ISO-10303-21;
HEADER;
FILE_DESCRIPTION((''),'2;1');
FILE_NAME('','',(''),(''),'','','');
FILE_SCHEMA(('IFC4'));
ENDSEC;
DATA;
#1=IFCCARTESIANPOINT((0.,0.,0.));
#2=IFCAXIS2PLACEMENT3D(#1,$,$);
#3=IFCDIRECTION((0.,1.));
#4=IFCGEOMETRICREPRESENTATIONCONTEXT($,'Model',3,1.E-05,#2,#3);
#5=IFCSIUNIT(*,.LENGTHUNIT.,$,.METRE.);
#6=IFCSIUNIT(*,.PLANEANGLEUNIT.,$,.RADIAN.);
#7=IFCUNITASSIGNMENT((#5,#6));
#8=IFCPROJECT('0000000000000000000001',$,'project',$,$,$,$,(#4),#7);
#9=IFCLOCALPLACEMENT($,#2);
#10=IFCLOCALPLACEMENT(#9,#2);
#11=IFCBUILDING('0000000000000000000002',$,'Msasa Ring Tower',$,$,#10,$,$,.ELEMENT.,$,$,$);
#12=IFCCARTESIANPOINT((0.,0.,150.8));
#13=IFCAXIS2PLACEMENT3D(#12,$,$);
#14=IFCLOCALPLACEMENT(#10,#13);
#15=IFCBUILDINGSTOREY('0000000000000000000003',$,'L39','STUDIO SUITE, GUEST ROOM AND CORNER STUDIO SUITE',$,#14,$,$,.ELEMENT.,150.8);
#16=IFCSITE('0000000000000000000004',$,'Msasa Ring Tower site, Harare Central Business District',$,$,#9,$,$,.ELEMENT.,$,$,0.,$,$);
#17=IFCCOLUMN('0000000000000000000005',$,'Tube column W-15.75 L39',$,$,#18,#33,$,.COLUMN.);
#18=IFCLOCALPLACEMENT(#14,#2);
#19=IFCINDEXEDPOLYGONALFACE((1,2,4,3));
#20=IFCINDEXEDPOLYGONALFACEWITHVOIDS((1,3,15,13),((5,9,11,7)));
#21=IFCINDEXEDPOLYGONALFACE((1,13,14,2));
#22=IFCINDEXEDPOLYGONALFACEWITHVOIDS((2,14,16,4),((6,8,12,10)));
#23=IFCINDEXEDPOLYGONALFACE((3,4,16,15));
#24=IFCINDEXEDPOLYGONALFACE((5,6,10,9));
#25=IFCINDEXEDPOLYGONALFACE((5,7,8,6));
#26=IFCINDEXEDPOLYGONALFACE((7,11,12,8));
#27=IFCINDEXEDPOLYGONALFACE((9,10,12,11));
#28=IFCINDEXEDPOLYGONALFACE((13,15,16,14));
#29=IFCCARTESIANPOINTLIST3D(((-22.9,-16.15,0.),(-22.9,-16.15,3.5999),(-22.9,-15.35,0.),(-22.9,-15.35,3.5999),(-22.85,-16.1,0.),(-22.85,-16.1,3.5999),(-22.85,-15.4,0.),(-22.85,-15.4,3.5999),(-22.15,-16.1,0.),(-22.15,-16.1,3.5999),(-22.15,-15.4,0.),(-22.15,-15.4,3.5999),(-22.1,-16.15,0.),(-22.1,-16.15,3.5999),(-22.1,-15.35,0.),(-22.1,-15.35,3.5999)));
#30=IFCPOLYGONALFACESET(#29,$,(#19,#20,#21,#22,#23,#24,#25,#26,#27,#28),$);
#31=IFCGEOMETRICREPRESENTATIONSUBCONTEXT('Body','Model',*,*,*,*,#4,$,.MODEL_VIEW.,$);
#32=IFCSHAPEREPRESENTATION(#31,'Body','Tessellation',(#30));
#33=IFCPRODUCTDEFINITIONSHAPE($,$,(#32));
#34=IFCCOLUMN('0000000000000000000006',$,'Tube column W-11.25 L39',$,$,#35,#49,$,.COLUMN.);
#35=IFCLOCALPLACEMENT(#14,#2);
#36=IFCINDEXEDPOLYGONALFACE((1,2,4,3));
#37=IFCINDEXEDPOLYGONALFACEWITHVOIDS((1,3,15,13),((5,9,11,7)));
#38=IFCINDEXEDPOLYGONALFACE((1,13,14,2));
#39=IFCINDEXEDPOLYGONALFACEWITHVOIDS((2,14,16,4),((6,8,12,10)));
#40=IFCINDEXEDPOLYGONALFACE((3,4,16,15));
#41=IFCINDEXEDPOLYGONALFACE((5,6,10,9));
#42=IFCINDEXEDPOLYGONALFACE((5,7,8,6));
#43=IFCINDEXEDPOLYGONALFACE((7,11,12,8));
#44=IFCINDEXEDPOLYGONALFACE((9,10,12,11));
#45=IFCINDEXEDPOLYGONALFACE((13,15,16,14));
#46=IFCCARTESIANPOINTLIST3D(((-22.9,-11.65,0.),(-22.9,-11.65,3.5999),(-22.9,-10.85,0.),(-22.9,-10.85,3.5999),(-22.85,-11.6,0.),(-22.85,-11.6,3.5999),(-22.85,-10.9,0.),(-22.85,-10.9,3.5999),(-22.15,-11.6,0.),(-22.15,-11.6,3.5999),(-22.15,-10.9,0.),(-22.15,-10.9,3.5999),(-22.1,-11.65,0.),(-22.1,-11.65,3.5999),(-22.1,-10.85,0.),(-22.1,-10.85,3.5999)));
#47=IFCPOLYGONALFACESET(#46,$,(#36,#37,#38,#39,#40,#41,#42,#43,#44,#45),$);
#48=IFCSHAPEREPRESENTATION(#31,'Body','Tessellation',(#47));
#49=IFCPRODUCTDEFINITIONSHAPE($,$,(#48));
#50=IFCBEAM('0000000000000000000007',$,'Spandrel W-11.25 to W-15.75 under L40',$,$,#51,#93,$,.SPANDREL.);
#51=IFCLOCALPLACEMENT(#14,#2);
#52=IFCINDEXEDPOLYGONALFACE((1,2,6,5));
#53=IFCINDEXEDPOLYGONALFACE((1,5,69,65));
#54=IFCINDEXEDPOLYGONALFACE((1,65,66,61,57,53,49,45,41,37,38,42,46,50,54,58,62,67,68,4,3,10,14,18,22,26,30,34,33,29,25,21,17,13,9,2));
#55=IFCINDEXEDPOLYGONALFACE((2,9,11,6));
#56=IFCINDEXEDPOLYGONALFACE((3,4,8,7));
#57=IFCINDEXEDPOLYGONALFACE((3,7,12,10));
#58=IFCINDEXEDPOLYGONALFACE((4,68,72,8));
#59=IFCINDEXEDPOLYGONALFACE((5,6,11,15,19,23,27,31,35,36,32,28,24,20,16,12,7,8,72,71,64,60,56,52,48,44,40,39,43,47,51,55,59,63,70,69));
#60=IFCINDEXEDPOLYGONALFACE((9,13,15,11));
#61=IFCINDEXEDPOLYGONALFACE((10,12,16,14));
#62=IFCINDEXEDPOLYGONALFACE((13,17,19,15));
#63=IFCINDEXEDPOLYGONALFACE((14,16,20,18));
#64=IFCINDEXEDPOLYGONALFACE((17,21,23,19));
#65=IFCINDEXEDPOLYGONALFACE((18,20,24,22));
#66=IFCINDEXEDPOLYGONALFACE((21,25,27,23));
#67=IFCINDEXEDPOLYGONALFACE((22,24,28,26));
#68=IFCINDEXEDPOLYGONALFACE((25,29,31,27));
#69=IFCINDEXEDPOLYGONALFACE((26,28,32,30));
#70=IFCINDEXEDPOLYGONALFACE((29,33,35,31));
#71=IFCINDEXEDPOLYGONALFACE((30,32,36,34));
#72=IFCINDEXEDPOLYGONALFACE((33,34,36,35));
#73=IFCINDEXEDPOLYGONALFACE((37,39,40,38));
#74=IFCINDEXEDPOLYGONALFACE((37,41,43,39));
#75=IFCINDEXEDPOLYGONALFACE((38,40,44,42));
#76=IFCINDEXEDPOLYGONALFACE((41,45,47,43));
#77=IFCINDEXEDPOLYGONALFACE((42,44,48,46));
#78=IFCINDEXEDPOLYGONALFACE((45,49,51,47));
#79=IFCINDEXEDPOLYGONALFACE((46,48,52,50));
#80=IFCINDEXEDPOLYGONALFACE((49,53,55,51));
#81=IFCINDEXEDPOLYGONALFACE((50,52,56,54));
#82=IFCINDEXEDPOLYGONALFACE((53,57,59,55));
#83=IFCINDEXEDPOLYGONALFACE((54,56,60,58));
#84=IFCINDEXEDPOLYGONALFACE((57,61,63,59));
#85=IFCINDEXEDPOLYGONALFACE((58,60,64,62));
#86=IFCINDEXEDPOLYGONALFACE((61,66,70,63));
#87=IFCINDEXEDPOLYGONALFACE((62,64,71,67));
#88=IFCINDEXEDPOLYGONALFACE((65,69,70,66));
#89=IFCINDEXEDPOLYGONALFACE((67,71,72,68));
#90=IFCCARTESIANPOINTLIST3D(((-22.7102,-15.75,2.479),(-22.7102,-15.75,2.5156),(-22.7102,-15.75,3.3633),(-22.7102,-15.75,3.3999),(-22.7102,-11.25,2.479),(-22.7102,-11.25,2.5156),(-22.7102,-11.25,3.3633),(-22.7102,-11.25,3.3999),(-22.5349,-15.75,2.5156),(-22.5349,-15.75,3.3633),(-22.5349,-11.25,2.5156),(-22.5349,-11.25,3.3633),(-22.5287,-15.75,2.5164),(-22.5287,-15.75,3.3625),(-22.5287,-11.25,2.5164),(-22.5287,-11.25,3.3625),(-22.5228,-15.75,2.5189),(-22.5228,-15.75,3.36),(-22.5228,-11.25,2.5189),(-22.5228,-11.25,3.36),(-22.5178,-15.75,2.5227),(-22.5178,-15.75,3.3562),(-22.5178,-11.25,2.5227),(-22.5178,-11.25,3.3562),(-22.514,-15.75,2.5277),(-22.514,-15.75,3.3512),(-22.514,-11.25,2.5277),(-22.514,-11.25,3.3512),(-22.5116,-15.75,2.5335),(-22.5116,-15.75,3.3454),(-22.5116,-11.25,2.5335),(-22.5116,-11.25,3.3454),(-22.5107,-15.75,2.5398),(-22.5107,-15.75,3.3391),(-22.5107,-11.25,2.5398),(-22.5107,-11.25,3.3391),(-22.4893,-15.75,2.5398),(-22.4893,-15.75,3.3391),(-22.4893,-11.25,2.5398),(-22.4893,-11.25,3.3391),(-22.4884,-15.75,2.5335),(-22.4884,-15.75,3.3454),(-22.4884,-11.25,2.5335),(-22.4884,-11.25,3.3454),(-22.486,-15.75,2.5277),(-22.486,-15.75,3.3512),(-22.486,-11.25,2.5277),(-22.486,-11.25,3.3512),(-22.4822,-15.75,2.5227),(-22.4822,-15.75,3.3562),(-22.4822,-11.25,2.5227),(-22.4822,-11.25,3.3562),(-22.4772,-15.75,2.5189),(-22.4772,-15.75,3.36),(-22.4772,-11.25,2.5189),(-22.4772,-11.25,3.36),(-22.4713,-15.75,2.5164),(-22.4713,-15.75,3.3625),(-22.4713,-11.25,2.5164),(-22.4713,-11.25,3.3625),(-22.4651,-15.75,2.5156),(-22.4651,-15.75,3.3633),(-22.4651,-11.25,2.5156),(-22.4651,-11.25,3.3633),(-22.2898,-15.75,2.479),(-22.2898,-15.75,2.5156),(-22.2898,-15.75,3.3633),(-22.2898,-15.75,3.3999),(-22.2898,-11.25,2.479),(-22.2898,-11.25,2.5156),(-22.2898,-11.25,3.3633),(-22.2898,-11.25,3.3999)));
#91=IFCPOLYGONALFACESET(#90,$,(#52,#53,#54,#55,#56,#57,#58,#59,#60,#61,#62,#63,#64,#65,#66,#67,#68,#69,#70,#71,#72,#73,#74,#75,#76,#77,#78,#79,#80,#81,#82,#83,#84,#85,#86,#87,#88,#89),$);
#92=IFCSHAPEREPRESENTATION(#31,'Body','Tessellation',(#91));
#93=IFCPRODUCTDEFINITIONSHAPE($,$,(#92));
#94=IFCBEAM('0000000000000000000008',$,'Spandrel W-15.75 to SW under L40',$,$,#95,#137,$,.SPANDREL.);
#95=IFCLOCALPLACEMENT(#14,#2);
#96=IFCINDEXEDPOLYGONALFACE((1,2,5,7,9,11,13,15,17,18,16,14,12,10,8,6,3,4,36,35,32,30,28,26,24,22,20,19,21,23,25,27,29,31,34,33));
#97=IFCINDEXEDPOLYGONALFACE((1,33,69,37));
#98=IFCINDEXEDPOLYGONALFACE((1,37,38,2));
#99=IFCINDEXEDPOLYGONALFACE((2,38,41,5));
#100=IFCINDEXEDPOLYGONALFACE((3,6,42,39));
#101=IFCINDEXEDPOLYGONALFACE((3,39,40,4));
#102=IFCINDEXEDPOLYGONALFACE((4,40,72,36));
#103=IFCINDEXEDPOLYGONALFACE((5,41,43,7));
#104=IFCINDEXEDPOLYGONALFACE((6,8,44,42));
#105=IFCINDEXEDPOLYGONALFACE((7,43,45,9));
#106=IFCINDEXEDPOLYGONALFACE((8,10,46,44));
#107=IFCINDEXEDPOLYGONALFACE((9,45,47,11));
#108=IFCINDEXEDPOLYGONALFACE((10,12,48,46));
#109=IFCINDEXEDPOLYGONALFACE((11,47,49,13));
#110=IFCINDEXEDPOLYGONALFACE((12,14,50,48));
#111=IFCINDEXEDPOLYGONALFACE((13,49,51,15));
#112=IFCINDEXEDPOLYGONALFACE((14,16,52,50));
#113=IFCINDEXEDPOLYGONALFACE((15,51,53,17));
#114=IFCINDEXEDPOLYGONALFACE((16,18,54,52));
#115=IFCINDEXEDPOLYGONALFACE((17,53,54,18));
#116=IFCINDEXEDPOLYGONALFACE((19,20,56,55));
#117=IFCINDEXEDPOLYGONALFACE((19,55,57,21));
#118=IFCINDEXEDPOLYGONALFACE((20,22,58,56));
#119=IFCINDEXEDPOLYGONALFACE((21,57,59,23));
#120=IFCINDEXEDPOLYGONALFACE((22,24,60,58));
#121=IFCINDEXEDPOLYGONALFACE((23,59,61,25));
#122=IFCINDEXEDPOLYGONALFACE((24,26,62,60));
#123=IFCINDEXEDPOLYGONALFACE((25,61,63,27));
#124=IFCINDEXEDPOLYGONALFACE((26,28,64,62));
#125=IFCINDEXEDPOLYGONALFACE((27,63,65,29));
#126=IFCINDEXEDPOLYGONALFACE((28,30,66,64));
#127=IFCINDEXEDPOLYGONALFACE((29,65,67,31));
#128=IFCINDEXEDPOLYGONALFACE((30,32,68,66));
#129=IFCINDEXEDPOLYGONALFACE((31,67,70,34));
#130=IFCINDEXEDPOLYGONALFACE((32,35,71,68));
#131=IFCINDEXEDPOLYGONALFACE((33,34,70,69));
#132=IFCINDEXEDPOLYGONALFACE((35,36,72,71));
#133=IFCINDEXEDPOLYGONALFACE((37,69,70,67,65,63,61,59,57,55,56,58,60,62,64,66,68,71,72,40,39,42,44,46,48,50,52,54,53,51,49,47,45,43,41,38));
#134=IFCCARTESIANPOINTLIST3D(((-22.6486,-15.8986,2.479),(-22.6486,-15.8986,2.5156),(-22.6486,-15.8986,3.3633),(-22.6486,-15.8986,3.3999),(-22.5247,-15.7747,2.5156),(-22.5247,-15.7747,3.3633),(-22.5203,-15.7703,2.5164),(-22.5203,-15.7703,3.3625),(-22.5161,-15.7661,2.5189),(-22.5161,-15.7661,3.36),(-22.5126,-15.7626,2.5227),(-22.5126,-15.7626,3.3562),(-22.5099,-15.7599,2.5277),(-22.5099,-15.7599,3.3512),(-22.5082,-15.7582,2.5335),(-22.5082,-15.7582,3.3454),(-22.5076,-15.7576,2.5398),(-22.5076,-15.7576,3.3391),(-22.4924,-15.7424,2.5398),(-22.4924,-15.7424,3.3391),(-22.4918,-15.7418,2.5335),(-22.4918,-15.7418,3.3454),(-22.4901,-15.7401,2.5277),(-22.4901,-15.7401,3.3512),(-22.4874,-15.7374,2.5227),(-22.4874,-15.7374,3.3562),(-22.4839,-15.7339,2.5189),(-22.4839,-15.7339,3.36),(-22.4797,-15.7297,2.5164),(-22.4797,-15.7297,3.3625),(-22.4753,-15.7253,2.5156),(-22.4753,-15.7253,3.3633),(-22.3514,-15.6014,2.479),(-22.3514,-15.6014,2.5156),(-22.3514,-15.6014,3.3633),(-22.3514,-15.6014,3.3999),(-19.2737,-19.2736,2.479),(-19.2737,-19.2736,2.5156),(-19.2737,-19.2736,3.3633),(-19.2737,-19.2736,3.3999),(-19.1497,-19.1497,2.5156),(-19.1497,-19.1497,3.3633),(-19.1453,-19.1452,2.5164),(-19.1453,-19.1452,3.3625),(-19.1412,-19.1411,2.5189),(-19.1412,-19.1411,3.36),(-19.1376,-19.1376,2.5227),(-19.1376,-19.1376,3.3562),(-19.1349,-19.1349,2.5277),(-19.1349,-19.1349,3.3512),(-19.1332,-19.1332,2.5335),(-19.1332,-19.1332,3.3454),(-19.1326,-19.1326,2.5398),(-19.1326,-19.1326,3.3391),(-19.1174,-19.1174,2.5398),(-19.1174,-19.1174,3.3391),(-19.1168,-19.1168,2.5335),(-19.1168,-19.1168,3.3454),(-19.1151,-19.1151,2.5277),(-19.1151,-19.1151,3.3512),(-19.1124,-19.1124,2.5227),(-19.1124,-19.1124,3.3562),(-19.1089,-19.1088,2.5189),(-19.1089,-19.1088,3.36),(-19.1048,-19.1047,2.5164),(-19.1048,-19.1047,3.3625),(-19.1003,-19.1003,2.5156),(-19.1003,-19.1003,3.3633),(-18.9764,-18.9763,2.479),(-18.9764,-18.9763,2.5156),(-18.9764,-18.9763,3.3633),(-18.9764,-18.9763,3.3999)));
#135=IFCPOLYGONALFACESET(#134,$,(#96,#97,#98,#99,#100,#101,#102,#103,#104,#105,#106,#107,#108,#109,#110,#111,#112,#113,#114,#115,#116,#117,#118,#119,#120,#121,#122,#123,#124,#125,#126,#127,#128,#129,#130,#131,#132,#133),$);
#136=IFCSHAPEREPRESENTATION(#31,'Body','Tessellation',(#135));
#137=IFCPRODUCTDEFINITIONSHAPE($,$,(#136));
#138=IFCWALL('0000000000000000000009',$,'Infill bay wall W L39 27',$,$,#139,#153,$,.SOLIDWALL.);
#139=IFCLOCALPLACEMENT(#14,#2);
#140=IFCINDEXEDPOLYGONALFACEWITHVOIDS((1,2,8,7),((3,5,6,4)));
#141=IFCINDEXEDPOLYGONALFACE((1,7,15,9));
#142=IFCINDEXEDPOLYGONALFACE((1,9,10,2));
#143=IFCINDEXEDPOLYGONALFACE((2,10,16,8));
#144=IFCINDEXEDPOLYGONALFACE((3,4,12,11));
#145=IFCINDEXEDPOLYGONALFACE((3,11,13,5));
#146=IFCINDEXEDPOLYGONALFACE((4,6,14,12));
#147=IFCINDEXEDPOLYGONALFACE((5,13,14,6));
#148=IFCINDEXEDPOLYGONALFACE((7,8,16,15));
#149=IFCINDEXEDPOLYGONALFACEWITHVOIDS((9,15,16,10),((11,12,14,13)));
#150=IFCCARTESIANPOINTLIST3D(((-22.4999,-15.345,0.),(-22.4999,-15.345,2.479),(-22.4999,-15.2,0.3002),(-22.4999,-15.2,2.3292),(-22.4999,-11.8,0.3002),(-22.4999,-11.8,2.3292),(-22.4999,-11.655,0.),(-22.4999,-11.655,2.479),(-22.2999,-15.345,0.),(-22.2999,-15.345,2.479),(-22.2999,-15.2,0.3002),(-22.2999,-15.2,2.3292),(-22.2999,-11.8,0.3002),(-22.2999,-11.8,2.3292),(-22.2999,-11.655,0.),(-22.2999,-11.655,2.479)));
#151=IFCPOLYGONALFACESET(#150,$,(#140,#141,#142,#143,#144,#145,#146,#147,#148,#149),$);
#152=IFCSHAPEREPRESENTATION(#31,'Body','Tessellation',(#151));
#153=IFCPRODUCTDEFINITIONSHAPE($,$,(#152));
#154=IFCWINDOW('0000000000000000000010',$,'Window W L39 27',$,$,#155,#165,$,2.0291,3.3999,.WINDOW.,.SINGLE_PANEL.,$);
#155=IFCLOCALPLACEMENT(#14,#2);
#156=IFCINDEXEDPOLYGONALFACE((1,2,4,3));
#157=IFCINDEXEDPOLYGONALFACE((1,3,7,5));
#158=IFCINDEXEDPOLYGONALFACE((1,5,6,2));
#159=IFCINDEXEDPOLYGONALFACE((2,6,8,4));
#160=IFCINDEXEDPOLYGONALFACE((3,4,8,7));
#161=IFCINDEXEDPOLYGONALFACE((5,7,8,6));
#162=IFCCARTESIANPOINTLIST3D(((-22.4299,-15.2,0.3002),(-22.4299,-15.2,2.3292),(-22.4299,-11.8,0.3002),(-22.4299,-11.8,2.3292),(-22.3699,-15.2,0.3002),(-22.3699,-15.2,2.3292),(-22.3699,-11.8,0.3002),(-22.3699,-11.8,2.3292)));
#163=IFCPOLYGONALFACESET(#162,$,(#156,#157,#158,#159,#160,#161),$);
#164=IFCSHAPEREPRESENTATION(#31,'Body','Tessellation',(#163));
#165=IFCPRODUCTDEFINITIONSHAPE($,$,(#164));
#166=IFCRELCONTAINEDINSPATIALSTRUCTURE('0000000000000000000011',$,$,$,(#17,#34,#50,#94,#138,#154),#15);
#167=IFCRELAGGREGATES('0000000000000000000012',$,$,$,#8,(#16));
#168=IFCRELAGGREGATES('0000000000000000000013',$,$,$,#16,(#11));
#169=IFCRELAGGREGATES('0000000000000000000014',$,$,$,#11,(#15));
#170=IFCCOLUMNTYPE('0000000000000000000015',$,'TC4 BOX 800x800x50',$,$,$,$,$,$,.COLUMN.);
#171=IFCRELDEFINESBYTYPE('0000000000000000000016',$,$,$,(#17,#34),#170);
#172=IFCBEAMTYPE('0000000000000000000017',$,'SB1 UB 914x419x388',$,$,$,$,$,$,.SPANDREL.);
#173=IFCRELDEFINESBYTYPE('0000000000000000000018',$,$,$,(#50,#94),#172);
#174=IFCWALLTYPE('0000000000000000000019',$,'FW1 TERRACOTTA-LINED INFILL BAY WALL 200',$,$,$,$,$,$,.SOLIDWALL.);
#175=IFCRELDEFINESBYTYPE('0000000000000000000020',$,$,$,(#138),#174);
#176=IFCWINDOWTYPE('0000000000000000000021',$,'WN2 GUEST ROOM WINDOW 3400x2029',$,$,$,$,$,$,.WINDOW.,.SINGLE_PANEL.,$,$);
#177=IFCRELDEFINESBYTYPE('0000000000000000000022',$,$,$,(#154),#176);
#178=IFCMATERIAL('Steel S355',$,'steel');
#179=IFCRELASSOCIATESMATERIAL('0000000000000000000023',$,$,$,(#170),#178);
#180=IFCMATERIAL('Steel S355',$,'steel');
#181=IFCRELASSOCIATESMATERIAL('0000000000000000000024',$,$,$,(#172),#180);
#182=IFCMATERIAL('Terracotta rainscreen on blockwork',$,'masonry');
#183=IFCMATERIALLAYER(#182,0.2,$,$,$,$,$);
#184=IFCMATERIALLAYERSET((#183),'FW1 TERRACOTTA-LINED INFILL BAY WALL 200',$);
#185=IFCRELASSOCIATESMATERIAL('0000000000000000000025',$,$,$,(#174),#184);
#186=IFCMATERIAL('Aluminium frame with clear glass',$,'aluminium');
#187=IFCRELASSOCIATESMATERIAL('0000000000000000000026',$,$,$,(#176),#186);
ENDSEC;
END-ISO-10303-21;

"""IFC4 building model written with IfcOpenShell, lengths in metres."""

from ifc_helpers import new_model, si_unit, direction, frame, frame_2d, origin, origin_2d, place, context, subcontext, project, spatial, rectangle, hollow_rectangle, i_section, extrude, material, layer, layer_set, material_profile, profile_set, type_object, element, fill, save


model = new_model("IFC4")

# Units and contexts
model_context = context("Model", 3, precision=1e-05, world=origin(), true_north=direction((0.0, 1.0)))
body_context = subcontext(model_context, "Body", "Model", "MODEL_VIEW")
ifc_project = project(units=[si_unit("LENGTHUNIT", "METRE"), si_unit("PLANEANGLEUNIT", "RADIAN")], contexts=[model_context])

# Site, building, storey
site_placement = place(None, origin())
site = spatial("IfcSite", under=ifc_project, at=site_placement, Name="Msasa Ring Tower site, Harare Central Business District", CompositionType="ELEMENT", RefElevation=0.0)
building_placement = place(site_placement, origin())
building = spatial("IfcBuilding", under=site, at=building_placement, Name="Msasa Ring Tower", CompositionType="ELEMENT")
storey_placement = place(building_placement, frame((0.0, 0.0, 150.8)))
storey = spatial("IfcBuildingStorey", under=building, at=storey_placement, Name="L39", Description="STUDIO SUITE, GUEST ROOM AND CORNER STUDIO SUITE", CompositionType="ELEMENT", Elevation=150.8)

# Columns
ifc_material_1 = material(Name="Steel S355", Category="steel")
ifc_material_profile_1 = material_profile(ifc_material_1, hollow_rectangle(XDim=0.8, YDim=0.8, WallThickness=0.05, at=origin_2d()), Name="BOX 800x800x50")
ifc_profile_set_1 = profile_set([ifc_material_profile_1], Name="Steel S355")
column_type = type_object("IfcColumnType", Name="TC4 BOX 800x800x50", PredefinedType="COLUMN", material=ifc_profile_set_1)
for number, where, z_axis, x_axis, name in (
    (1, (-22.5, -15.75, 0.0), (0.0, 0.0, 1.0), (1.0, 0.0, 0.0), "Tube column W-15.75 L39"),
    (2, (-22.5, -11.25, 0.0), (0.0, 0.0, 1.0), (1.0, 0.0, 0.0), "Tube column W-11.25 L39"),
):
    element("IfcColumn", number, at=place(storey_placement, frame(where, z_axis=z_axis, x_axis=x_axis)), inside=storey, type_object=column_type, Name=name, PredefinedType="COLUMN", context=body_context, shape_type="SweptSolid", body=[
        extrude(hollow_rectangle(XDim=0.8, YDim=0.8, WallThickness=0.05, at=origin_2d()), origin(), (0.0, 0.0, 1.0), 3.5999),
    ])

# Beams
ifc_material_2 = material(Name="Steel S355", Category="steel")
ifc_material_profile_2 = material_profile(ifc_material_2, i_section(OverallWidth=0.4204, OverallDepth=0.9209, WebThickness=0.0215, FlangeThickness=0.0366, FilletRadius=0.0242, at=origin_2d()), Name="UB 914x419x388")
ifc_profile_set_2 = profile_set([ifc_material_profile_2], Name="Steel S355")
beam_type = type_object("IfcBeamType", Name="SB1 UB 914x419x388", PredefinedType="SPANDREL", material=ifc_profile_set_2)
beam_1_placement = place(storey_placement, frame((-22.5, -11.25, 2.9395), z_axis=(0.0, -1.0, 0.0), x_axis=(1.0, 0.0, 0.0)))
element("IfcBeam", 3, at=beam_1_placement, inside=storey, type_object=beam_type, Name="Spandrel W-11.25 to W-15.75 under L40", PredefinedType="SPANDREL", context=body_context, shape_type="SweptSolid", body=[
    extrude(i_section(OverallWidth=0.4204, OverallDepth=0.9209, WebThickness=0.0215, FlangeThickness=0.0366, FilletRadius=0.0242, at=origin_2d()), origin(), (0.0, 0.0, 1.0), 4.5),
])
beam_2_placement = place(storey_placement, frame((-22.5, -15.75, 2.9395), z_axis=(0.707107, -0.707107, 0.0), x_axis=(0.707107, 0.707107, 0.0)))
element("IfcBeam", 4, at=beam_2_placement, inside=storey, type_object=beam_type, Name="Spandrel W-15.75 to SW under L40", PredefinedType="SPANDREL", context=body_context, shape_type="SweptSolid", body=[
    extrude(i_section(OverallWidth=0.4204, OverallDepth=0.9209, WebThickness=0.0215, FlangeThickness=0.0366, FilletRadius=0.0242, at=origin_2d()), origin(), (0.0, 0.0, 1.0), 4.7729),
])

# Wall, opening, window
ifc_material_3 = material(Name="Terracotta rainscreen on blockwork", Category="masonry")
ifc_layer_1 = layer(ifc_material_3, 0.2)
ifc_layer_set_1 = layer_set([ifc_layer_1], Name="FW1 TERRACOTTA-LINED INFILL BAY WALL 200")
wall_type_1 = type_object("IfcWallType", Name="FW1 TERRACOTTA-LINED INFILL BAY WALL 200", PredefinedType="SOLIDWALL", material=ifc_layer_set_1)
wall_1_placement = place(storey_placement, frame((-22.3999, -15.345, 0.0), z_axis=(0.0, 0.0, 1.0), x_axis=(0.0, 1.0, 0.0)))
wall_1 = element("IfcWall", 5, at=wall_1_placement, inside=storey, type_object=wall_type_1, Name="Infill bay wall W L39 27", PredefinedType="SOLIDWALL", context=body_context, shape_type="SweptSolid", body=[
    extrude(rectangle(XDim=3.6899, YDim=0.2, at=frame_2d((1.845, 0.0))), origin(), (0.0, 0.0, 1.0), 2.479),
])
opening_1_placement = place(wall_1_placement, frame((0.145, 0.0, 0.3)))
opening_1 = element("IfcOpeningElement", 6, at=opening_1_placement, cuts=wall_1, PredefinedType="OPENING", context=body_context, shape_type="SweptSolid", body=[
    extrude(rectangle(XDim=3.3999, YDim=2.0291, at=frame_2d((1.7, 1.0146))), frame((0.0, 0.1099, 0.0), z_axis=(0.0, -1.0, 0.0), x_axis=(1.0, 0.0, 0.0)), (0.0, 0.0, 1.0), 0.22),
])
ifc_material_4 = material(Name="Aluminium frame with clear glass", Category="aluminium")
window_type = type_object("IfcWindowType", Name="WN2 GUEST ROOM WINDOW 3400x2029", PartitioningType="SINGLE_PANEL", PredefinedType="WINDOW", material=ifc_material_4)
window_1_placement = place(opening_1_placement, origin())
window_1 = element("IfcWindow", 7, at=window_1_placement, inside=storey, type_object=window_type, Name="Window W L39 27", OverallHeight=2.0291, OverallWidth=3.3999, PartitioningType="SINGLE_PANEL", PredefinedType="WINDOW", context=body_context, shape_type="SweptSolid", body=[
    extrude(rectangle(XDim=3.3999, YDim=2.0291, at=frame_2d((1.7, 1.0146))), frame((0.0, 0.03, 0.0), z_axis=(0.0, -1.0, 0.0), x_axis=(1.0, 0.0, 0.0)), (0.0, 0.0, 1.0), 0.0601),
])
fill(opening_1, window_1)

save(model, "model.ifc")
